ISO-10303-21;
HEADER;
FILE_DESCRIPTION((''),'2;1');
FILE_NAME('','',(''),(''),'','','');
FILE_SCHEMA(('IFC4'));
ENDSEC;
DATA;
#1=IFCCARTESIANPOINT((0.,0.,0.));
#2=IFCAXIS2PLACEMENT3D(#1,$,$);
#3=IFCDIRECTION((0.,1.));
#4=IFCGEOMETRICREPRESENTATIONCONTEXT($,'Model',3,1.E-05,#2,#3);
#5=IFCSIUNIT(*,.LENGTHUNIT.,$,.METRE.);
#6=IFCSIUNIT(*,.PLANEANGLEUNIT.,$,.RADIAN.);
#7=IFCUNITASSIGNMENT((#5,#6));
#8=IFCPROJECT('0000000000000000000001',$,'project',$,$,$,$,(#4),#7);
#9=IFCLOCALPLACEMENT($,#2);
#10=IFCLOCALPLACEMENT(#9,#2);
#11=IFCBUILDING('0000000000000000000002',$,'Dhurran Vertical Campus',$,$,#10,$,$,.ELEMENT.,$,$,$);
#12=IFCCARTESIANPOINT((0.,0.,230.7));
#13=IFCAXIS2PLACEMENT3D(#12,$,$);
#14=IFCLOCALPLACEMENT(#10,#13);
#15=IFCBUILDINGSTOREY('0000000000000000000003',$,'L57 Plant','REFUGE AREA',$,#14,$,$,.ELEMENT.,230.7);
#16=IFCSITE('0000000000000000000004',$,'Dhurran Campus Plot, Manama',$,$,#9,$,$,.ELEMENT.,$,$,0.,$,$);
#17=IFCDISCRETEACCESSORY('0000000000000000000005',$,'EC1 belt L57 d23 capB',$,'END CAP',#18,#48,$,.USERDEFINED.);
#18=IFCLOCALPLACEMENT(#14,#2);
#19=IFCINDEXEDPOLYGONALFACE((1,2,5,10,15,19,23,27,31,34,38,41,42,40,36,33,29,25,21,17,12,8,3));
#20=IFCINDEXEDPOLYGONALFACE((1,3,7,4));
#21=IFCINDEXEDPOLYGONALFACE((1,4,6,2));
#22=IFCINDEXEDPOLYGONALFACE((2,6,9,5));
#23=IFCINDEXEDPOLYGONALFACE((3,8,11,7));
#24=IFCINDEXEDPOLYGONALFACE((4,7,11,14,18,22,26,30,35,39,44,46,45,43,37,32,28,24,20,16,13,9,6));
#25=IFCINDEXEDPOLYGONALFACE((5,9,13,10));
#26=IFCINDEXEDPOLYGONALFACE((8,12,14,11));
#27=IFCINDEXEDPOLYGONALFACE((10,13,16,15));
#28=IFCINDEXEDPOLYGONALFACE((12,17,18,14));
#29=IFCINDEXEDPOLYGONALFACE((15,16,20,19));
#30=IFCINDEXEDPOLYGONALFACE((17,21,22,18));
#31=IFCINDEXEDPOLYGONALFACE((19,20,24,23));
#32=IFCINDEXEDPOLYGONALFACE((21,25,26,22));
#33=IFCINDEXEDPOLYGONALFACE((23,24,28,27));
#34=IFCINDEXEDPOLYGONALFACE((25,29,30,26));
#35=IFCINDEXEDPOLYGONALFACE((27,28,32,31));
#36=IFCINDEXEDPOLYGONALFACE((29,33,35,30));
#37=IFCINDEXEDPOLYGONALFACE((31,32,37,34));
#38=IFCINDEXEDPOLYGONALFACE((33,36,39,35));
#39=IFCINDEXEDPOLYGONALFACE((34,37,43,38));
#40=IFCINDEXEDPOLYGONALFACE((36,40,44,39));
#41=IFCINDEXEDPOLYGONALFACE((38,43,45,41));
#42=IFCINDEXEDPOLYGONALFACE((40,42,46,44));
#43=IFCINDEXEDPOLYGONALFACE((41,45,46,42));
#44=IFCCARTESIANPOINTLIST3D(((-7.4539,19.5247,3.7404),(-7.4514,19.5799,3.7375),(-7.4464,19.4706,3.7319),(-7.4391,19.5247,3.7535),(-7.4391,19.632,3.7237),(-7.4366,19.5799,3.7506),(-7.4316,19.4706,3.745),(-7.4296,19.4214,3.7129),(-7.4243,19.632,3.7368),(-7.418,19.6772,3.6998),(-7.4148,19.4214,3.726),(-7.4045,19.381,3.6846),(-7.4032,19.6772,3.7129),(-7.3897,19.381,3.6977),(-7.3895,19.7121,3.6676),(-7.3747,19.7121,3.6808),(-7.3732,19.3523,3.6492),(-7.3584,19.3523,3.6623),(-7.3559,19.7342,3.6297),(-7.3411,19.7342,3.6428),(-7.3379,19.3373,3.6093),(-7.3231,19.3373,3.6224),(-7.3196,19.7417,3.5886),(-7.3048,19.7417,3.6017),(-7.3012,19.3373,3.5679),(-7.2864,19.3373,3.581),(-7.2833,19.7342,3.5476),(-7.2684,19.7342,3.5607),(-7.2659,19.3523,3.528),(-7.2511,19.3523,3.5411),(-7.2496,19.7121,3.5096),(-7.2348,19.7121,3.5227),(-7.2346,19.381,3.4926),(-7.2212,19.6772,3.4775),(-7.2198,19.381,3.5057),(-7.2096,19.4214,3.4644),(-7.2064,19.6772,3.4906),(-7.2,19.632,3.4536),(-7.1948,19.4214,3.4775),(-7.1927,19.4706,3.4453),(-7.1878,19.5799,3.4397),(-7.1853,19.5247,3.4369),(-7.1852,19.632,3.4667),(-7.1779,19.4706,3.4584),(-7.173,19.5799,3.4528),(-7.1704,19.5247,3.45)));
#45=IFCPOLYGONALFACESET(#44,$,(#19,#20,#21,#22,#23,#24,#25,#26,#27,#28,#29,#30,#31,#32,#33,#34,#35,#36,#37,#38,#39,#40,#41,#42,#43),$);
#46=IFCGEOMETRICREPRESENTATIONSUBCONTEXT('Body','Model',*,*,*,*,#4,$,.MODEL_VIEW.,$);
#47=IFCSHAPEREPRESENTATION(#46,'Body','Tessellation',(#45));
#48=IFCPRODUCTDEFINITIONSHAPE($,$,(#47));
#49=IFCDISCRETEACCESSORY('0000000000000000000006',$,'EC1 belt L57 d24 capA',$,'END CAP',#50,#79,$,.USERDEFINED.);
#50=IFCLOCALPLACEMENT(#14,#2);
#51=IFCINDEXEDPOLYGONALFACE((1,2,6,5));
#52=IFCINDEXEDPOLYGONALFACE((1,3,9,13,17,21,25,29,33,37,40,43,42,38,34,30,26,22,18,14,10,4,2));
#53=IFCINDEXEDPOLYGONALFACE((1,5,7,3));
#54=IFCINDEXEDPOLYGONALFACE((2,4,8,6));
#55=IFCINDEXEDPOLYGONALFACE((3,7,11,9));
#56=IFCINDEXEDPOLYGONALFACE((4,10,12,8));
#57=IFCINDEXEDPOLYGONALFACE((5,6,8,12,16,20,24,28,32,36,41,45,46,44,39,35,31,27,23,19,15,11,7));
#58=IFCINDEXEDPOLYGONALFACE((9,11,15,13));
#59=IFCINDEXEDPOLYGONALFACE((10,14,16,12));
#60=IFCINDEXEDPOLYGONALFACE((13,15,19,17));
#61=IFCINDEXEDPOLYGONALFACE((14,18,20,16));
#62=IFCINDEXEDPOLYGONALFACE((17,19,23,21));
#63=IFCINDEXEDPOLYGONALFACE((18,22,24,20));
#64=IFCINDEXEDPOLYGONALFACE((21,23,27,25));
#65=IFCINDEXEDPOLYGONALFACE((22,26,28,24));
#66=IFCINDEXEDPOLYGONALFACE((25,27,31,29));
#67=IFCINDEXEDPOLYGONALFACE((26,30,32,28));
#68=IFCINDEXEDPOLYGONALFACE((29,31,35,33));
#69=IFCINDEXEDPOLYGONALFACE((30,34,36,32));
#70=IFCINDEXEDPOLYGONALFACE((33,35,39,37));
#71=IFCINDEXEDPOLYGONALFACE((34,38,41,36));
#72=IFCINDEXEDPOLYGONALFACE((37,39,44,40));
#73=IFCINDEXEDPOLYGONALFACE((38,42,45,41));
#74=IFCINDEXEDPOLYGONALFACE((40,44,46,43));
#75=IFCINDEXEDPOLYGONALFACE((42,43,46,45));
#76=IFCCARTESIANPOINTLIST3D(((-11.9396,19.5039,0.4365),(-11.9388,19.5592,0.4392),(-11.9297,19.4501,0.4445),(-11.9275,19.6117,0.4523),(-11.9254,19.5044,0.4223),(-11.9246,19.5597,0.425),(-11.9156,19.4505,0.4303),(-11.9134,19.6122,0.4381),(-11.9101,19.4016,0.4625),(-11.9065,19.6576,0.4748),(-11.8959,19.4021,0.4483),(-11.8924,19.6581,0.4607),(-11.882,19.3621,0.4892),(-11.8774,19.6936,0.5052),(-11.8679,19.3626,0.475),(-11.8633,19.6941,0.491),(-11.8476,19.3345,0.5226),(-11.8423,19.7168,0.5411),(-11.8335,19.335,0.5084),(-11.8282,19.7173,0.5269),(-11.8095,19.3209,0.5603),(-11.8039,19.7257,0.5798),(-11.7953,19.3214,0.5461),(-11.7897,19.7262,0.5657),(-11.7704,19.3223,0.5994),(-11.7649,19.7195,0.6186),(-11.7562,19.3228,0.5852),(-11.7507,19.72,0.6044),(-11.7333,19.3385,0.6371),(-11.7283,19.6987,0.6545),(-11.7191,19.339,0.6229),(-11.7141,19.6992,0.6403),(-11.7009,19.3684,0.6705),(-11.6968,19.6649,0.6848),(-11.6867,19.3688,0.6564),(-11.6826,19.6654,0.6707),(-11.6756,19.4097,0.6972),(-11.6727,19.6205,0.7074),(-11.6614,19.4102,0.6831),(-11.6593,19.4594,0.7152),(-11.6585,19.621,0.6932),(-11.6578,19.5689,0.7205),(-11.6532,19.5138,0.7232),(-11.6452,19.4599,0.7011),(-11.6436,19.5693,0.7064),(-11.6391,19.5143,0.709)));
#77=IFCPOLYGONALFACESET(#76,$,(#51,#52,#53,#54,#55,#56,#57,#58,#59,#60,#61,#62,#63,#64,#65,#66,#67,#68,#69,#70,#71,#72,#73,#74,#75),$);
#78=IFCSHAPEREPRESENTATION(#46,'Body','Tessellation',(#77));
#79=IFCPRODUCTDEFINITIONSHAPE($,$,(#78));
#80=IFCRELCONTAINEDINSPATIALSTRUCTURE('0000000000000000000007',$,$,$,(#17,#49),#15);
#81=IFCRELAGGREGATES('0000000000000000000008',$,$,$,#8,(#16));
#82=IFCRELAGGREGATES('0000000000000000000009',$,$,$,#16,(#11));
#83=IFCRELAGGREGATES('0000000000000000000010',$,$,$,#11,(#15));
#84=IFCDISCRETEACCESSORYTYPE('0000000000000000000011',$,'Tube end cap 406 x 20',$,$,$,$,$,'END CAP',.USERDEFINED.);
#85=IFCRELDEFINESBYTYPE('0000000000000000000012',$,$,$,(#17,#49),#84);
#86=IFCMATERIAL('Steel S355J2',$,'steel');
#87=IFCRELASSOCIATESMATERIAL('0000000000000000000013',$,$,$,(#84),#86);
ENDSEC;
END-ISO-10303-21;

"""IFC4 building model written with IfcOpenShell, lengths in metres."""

from ifc_helpers import new_model, si_unit, direction, frame, origin, origin_2d, place, context, subcontext, project, spatial, circle, extrude, material, material_profile, profile_set, type_object, element, save


model = new_model("IFC4")

# Units and contexts
model_context = context("Model", 3, precision=1e-05, world=origin(), true_north=direction((0.0, 1.0)))
body_context = subcontext(model_context, "Body", "Model", "MODEL_VIEW")
ifc_project = project(units=[si_unit("LENGTHUNIT", "METRE"), si_unit("PLANEANGLEUNIT", "RADIAN")], contexts=[model_context])

# Site, building, storey
site_placement = place(None, origin())
site = spatial("IfcSite", under=ifc_project, at=site_placement, Name="Dhurran Campus Plot, Manama", CompositionType="ELEMENT", RefElevation=0.0)
building_placement = place(site_placement, origin())
building = spatial("IfcBuilding", under=site, at=building_placement, Name="Dhurran Vertical Campus", CompositionType="ELEMENT")
storey_placement = place(building_placement, frame((0.0, 0.0, 230.7)))
storey = spatial("IfcBuildingStorey", under=building, at=storey_placement, Name="L57 Plant", Description="REFUGE AREA", CompositionType="ELEMENT", Elevation=230.7)

# Discrete accessories
ifc_material_1 = material(Name="Steel S355J2", Category="steel")
ifc_material_profile_1 = material_profile(ifc_material_1, circle(Radius=0.2031, at=origin_2d()), Name="Tube end cap 406 x 20")
ifc_profile_set_1 = profile_set([ifc_material_profile_1], Name="Steel S355J2")
discrete_accessory_type = type_object("IfcDiscreteAccessoryType", Name="Tube end cap 406 x 20", ElementType="END CAP", PredefinedType="USERDEFINED", material=ifc_profile_set_1)
discrete_accessory_1_placement = place(storey_placement, frame((-7.3196, 19.5386, 3.5886), z_axis=(0.748762, 0.0, 0.662839), x_axis=(0.0, 1.0, 0.0)))
element("IfcDiscreteAccessory", 1, at=discrete_accessory_1_placement, inside=storey, type_object=discrete_accessory_type, Name="EC1 belt L57 d23 capB", ObjectType="END CAP", PredefinedType="USERDEFINED", context=body_context, shape_type="SweptSolid", body=[
    extrude(circle(Radius=0.2031, at=origin_2d()), origin(), (0.0, 0.0, 1.0), 0.0198),
])
discrete_accessory_2_placement = place(storey_placement, frame((-11.7969, 19.5227, 0.5798), z_axis=(0.706897, 0.024376, -0.706897), x_axis=(-0.034462, 0.999406, 0.0)))
element("IfcDiscreteAccessory", 2, at=discrete_accessory_2_placement, inside=storey, type_object=discrete_accessory_type, Name="EC1 belt L57 d24 capA", ObjectType="END CAP", PredefinedType="USERDEFINED", context=body_context, shape_type="SweptSolid", body=[
    extrude(circle(Radius=0.2031, at=origin_2d()), origin(), (0.0, 0.0, 1.0), 0.02),
])

save(model, "model.ifc")
